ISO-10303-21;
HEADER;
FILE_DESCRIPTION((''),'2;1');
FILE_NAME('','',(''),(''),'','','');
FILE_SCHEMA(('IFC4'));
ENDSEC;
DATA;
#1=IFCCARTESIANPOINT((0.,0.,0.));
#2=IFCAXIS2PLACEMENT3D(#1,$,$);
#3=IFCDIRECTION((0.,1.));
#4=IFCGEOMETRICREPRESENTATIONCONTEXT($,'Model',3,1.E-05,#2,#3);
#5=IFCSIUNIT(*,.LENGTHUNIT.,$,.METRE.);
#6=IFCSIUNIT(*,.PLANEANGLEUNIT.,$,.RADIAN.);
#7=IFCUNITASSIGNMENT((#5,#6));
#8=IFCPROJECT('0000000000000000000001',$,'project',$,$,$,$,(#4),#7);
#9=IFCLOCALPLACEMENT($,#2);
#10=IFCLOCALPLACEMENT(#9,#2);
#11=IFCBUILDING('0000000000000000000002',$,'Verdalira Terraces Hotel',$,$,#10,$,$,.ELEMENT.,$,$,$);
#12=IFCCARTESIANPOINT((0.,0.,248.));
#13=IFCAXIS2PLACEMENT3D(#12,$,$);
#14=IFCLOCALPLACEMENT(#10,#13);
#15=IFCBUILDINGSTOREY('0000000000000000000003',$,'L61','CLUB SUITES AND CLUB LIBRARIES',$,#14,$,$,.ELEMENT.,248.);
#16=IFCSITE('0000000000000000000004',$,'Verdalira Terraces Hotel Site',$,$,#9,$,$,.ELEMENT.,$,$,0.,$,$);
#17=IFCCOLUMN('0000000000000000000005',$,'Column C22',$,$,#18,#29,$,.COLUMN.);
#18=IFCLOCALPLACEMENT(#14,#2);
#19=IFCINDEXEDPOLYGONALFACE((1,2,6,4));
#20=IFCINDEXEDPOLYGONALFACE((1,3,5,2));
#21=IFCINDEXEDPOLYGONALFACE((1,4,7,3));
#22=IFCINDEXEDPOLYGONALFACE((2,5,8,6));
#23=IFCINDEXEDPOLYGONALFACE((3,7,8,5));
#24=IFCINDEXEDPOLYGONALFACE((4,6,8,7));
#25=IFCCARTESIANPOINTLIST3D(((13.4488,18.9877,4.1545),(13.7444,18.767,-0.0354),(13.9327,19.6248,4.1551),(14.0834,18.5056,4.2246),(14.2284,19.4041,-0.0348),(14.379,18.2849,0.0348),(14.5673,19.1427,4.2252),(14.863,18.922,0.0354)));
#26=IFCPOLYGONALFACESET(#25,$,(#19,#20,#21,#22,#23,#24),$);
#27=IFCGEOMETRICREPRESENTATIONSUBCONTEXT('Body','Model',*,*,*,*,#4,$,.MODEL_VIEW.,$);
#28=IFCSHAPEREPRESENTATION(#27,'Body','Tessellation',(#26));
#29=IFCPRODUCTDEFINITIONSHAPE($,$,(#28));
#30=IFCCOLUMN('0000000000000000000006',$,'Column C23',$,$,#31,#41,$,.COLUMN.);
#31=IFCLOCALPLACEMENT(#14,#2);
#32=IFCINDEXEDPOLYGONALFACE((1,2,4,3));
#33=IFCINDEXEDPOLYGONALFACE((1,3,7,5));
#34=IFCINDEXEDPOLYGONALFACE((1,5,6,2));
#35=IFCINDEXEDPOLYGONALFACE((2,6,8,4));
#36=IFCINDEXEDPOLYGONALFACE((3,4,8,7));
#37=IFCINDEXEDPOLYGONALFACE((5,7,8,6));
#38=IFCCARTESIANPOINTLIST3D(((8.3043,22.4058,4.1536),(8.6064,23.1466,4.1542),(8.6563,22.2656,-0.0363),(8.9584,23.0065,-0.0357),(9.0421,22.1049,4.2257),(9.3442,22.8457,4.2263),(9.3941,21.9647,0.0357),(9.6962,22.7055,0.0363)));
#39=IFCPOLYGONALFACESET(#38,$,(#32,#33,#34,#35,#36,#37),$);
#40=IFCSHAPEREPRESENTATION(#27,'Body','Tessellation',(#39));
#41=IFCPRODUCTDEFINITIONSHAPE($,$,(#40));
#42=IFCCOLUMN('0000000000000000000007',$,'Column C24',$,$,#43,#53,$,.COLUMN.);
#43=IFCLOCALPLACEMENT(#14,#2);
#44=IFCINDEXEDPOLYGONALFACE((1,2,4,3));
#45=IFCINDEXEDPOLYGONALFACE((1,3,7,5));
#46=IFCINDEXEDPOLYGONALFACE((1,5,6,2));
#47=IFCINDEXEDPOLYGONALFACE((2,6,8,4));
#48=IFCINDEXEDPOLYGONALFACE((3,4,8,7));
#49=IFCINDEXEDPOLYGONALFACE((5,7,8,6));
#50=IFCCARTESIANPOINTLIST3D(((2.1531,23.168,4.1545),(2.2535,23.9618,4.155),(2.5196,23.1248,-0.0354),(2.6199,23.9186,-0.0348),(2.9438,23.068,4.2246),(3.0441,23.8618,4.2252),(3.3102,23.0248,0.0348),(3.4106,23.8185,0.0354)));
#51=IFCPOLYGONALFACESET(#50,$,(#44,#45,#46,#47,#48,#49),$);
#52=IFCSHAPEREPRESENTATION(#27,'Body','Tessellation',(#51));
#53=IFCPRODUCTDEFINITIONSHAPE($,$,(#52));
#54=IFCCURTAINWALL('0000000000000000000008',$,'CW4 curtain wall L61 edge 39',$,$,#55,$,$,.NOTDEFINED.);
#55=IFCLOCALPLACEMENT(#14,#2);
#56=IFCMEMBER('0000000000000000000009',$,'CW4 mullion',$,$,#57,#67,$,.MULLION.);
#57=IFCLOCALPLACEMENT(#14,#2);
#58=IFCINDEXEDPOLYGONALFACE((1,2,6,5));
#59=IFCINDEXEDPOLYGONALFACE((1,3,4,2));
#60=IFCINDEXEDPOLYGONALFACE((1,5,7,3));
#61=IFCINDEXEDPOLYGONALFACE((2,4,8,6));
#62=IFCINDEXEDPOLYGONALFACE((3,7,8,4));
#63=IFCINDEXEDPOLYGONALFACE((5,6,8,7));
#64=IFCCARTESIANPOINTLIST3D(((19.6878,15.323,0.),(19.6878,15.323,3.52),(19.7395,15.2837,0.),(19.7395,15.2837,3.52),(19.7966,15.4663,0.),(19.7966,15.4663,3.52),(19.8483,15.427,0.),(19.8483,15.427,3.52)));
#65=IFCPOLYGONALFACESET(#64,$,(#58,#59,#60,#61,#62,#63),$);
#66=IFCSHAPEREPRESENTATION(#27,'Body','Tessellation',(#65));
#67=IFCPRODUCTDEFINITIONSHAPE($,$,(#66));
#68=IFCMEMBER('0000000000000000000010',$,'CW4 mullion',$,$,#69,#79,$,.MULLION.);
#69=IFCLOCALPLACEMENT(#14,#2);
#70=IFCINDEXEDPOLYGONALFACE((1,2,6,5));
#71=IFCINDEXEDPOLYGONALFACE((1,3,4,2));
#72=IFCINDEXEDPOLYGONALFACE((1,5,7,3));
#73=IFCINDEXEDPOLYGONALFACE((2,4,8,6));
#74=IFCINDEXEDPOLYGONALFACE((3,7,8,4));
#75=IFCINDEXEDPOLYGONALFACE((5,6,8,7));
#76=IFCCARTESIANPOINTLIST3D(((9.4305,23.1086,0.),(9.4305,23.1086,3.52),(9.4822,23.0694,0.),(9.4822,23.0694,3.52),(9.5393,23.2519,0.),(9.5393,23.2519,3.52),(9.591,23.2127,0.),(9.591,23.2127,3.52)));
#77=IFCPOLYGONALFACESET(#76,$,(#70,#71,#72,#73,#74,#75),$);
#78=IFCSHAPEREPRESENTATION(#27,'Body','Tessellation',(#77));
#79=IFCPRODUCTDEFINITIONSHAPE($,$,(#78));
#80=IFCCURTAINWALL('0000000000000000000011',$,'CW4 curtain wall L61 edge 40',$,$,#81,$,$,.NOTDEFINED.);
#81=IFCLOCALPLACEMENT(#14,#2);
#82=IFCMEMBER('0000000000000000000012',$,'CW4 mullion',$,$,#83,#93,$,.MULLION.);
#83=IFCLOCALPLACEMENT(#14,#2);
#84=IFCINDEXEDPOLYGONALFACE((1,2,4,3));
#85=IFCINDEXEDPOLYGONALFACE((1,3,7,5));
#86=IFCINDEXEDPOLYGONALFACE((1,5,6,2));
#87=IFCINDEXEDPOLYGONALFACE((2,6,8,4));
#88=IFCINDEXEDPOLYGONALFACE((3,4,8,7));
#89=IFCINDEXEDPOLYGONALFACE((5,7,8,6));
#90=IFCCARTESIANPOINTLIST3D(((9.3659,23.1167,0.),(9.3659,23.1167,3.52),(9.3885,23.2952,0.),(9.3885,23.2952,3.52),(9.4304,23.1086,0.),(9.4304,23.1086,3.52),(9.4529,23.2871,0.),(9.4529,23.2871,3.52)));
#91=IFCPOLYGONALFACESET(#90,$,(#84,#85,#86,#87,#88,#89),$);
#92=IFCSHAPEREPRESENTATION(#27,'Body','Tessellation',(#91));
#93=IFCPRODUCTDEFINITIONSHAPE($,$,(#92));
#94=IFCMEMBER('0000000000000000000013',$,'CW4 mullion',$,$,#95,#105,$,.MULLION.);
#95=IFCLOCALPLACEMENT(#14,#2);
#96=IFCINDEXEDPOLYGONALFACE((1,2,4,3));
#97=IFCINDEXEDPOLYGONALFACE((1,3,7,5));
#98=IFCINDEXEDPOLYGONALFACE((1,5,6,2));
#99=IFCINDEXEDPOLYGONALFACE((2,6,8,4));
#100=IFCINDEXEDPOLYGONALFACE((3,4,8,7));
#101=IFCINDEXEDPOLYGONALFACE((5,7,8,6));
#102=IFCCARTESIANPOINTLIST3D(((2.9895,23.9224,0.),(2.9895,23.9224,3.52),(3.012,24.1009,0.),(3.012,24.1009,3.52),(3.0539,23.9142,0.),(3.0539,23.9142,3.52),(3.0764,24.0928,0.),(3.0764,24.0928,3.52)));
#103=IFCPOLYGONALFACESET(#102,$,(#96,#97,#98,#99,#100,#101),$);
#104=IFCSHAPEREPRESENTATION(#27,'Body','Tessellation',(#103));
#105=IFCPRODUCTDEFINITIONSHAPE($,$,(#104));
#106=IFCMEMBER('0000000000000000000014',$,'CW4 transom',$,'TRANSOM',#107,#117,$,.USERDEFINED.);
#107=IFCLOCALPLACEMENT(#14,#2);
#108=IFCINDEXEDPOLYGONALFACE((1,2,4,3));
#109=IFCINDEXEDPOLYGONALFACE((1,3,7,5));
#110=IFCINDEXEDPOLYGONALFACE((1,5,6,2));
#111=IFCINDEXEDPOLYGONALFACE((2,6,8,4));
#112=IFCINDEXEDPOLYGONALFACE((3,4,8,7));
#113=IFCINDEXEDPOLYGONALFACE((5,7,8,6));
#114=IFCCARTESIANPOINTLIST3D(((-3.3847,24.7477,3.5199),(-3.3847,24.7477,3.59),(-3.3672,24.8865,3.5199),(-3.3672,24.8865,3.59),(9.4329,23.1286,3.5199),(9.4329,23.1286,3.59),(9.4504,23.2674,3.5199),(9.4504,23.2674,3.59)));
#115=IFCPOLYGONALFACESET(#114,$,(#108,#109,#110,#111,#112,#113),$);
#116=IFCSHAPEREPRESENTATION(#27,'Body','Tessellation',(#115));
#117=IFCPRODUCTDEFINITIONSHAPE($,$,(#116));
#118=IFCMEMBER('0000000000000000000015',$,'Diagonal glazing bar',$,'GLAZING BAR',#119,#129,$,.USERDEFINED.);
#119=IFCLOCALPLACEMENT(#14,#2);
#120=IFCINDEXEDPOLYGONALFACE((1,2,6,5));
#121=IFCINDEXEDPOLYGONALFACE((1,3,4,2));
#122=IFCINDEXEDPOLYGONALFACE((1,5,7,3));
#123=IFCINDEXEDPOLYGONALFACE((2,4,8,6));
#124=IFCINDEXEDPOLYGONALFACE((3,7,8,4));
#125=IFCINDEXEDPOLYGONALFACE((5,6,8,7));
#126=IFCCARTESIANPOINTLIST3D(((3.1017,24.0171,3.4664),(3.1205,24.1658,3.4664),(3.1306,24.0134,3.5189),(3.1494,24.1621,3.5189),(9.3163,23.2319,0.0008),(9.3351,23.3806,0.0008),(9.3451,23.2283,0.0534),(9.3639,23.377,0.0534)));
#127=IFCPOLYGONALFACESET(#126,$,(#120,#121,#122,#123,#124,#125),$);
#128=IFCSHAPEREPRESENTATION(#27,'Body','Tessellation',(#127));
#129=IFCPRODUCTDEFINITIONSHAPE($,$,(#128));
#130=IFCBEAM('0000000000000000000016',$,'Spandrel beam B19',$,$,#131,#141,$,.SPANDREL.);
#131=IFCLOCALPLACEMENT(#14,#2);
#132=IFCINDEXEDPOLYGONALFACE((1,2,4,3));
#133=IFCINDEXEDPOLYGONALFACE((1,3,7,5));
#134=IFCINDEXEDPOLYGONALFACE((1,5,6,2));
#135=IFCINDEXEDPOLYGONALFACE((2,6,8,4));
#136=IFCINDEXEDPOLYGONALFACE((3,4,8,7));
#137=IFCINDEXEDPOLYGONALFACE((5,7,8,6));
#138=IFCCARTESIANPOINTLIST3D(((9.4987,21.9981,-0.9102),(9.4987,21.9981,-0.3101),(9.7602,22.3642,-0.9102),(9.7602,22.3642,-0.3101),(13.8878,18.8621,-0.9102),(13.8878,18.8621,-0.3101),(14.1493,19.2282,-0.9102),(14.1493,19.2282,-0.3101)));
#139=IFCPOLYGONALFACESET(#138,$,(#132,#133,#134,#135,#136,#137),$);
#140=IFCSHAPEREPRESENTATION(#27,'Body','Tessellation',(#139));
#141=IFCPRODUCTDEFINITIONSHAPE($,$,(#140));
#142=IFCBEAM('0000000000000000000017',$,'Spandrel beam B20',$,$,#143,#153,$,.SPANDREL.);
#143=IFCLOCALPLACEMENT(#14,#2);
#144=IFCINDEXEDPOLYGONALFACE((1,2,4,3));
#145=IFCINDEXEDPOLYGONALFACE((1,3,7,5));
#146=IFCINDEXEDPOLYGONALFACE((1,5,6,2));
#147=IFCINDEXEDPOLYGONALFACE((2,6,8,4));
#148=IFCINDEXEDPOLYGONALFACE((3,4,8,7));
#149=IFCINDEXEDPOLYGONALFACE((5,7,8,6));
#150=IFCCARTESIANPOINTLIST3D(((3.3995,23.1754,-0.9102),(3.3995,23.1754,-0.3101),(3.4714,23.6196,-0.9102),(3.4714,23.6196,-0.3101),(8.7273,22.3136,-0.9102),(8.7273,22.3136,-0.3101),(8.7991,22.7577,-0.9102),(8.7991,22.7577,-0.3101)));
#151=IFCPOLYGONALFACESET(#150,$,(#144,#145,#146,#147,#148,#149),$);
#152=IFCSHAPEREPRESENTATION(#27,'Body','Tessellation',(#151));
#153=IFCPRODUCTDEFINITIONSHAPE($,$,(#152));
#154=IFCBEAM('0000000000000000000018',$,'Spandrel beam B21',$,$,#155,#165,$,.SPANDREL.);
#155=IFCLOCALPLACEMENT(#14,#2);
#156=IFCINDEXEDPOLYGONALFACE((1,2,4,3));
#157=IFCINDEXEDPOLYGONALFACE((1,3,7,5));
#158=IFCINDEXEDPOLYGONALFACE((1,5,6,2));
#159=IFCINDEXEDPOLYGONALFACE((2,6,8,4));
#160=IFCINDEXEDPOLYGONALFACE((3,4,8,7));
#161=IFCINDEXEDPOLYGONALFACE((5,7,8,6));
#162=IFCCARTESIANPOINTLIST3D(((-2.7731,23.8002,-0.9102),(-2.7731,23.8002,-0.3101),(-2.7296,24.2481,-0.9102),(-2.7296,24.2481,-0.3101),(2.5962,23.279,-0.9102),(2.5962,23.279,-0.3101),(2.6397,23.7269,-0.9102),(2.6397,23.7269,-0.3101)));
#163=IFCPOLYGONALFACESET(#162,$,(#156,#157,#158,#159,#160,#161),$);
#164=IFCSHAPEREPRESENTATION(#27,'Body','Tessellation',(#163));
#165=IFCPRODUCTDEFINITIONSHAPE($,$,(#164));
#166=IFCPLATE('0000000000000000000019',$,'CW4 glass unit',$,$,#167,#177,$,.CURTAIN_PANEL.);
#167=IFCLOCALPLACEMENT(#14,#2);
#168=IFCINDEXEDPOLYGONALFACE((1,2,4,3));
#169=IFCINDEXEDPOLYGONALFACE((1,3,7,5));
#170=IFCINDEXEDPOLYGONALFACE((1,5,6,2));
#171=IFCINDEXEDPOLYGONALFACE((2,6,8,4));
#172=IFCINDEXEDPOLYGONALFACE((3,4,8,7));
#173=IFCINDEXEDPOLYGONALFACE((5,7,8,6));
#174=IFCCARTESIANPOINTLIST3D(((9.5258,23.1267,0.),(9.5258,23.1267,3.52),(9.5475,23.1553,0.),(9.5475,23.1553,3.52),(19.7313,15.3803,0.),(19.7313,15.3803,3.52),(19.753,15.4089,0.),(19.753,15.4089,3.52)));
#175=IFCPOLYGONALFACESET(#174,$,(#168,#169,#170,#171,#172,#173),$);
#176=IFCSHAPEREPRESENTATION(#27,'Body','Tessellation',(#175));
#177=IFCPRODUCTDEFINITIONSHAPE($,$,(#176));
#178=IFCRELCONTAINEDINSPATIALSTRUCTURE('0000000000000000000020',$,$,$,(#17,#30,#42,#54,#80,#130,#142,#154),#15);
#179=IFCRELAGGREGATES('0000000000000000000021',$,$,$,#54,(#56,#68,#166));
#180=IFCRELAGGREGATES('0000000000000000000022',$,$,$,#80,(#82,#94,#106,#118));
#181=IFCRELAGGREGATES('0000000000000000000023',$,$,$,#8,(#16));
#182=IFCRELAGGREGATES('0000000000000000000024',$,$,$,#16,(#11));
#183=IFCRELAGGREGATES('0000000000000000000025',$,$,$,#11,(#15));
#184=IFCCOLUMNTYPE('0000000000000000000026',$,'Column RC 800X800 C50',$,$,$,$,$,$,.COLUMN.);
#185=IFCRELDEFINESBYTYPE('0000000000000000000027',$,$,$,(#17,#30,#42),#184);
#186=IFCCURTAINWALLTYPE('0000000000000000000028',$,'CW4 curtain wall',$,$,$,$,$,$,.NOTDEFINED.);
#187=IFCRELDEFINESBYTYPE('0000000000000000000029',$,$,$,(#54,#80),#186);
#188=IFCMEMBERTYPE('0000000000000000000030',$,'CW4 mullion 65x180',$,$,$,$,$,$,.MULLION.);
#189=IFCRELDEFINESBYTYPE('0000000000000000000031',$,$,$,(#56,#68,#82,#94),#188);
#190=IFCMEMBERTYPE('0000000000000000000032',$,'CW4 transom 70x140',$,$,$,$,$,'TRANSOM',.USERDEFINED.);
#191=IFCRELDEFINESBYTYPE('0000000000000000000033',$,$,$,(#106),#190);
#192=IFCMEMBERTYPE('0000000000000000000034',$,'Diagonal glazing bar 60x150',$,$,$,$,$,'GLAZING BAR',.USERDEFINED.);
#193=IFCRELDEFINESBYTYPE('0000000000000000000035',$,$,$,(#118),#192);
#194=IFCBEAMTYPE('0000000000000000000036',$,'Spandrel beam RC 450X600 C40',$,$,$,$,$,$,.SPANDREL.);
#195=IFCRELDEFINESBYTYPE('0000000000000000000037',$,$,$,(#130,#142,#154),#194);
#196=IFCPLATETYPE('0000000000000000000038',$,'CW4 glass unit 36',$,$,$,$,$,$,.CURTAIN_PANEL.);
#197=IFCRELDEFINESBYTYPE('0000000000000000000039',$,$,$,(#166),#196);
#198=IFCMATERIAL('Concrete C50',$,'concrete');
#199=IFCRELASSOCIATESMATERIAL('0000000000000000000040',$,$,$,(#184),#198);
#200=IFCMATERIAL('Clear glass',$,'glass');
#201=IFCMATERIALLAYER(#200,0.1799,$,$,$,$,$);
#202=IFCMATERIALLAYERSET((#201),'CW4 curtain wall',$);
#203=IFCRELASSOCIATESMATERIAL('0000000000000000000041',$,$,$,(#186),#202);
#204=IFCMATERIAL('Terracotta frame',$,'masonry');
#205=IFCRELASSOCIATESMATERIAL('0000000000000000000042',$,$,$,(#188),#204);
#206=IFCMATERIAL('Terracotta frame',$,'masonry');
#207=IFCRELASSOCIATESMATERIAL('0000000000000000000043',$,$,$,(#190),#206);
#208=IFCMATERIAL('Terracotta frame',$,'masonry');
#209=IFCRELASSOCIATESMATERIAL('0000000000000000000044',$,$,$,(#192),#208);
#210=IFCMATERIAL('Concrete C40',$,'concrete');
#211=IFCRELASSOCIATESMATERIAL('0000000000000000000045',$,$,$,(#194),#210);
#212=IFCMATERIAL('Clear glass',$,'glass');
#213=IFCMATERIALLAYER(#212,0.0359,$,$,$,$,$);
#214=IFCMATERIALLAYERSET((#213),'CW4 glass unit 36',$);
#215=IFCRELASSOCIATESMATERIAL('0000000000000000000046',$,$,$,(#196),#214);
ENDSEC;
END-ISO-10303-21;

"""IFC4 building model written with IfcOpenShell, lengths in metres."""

from ifc_helpers import new_model, si_unit, direction, frame, origin, origin_2d, place, context, subcontext, project, spatial, rectangle, extrude, material, layer, layer_set, material_profile, profile_set, type_object, element, aggregate, save


model = new_model("IFC4")

# Units and contexts
model_context = context("Model", 3, precision=1e-05, world=origin(), true_north=direction((0.0, 1.0)))
body_context = subcontext(model_context, "Body", "Model", "MODEL_VIEW")
ifc_project = project(units=[si_unit("LENGTHUNIT", "METRE"), si_unit("PLANEANGLEUNIT", "RADIAN")], contexts=[model_context])

# Site, building, storey
site_placement = place(None, origin())
site = spatial("IfcSite", under=ifc_project, at=site_placement, Name="Verdalira Terraces Hotel Site", CompositionType="ELEMENT", RefElevation=0.0)
building_placement = place(site_placement, origin())
building = spatial("IfcBuilding", under=site, at=building_placement, Name="Verdalira Terraces Hotel", CompositionType="ELEMENT")
storey_placement = place(building_placement, frame((0.0, 0.0, 248.0)))
storey = spatial("IfcBuildingStorey", under=building, at=storey_placement, Name="L61", Description="CLUB SUITES AND CLUB LIBRARIES", CompositionType="ELEMENT", Elevation=248.0)

# Columns
ifc_material_1 = material(Name="Concrete C50", Category="concrete")
ifc_material_profile_1 = material_profile(ifc_material_1, rectangle(XDim=0.8, YDim=0.8, at=origin_2d()), Name="RC 800X800")
ifc_profile_set_1 = profile_set([ifc_material_profile_1], Name="Concrete C50")
column_type = type_object("IfcColumnType", Name="Column RC 800X800 C50", PredefinedType="COLUMN", material=ifc_profile_set_1)
column_1_placement = place(storey_placement, frame((14.3037, 18.8445, 0.0), z_axis=(-0.070291, 0.052471, 0.996146), x_axis=(-0.7932, 0.602612, -0.087713)))
element("IfcColumn", 1, at=column_1_placement, inside=storey, type_object=column_type, Name="Column C22", PredefinedType="COLUMN", context=body_context, shape_type="SweptSolid", body=[
    extrude(rectangle(XDim=0.8, YDim=0.8, at=origin_2d()), origin(), (0.0, 0.0, 1.0), 4.2061),
])
column_2_placement = place(storey_placement, frame((9.1763, 22.4856, 0.0), z_axis=(-0.083681, 0.03331, 0.995936), x_axis=(0.922177, -0.376135, 0.090064)))
element("IfcColumn", 2, at=column_2_placement, inside=storey, type_object=column_type, Name="Column C23", PredefinedType="COLUMN", context=body_context, shape_type="SweptSolid", body=[
    extrude(rectangle(XDim=0.8, YDim=0.8, at=origin_2d()), origin(), (0.0, 0.0, 1.0), 4.207),
])
column_3_placement = place(storey_placement, frame((2.9651, 23.4717, 0.0), z_axis=(-0.087123, 0.010274, 0.996145), x_axis=(-0.98827, 0.125007, -0.087724)))
element("IfcColumn", 3, at=column_3_placement, inside=storey, type_object=column_type, Name="Column C24", PredefinedType="COLUMN", context=body_context, shape_type="SweptSolid", body=[
    extrude(rectangle(XDim=0.8, YDim=0.8, at=origin_2d()), origin(), (0.0, 0.0, 1.0), 4.2061),
])

# Curtain walls, members
ifc_material_2 = material(Name="Clear glass", Category="glass")
ifc_layer_1 = layer(ifc_material_2, 0.1799)
ifc_layer_set_1 = layer_set([ifc_layer_1], Name="CW4 curtain wall")
curtain_wall_type = type_object("IfcCurtainWallType", Name="CW4 curtain wall", PredefinedType="NOTDEFINED", material=ifc_layer_set_1)
curtain_wall_1_placement = place(storey_placement, origin())
curtain_wall_1 = element("IfcCurtainWall", 4, at=curtain_wall_1_placement, inside=storey, type_object=curtain_wall_type, Name="CW4 curtain wall L61 edge 39", PredefinedType="NOTDEFINED")
ifc_material_3 = material(Name="Terracotta frame", Category="masonry")
ifc_material_profile_2 = material_profile(ifc_material_3, rectangle(XDim=0.0649, YDim=0.1799, at=origin_2d()), Name="MU 65x180")
ifc_profile_set_2 = profile_set([ifc_material_profile_2], Name="Terracotta frame")
member_type_1 = type_object("IfcMemberType", Name="CW4 mullion 65x180", PredefinedType="MULLION", material=ifc_profile_set_2)
member_1_placement = place(storey_placement, frame((19.7681, 15.375, 0.0), z_axis=(0.0, 0.0, 1.0), x_axis=(-0.79653, 0.604599, 0.0)))
member_1 = element("IfcMember", 5, at=member_1_placement, type_object=member_type_1, Name="CW4 mullion", PredefinedType="MULLION", context=body_context, shape_type="SweptSolid", body=[
    extrude(rectangle(XDim=0.0649, YDim=0.1799, at=origin_2d()), origin(), (0.0, 0.0, 1.0), 3.52),
])
member_2_placement = place(storey_placement, frame((9.5107, 23.1606, 0.0), z_axis=(0.0, 0.0, 1.0), x_axis=(-0.79653, 0.604599, 0.0)))
member_2 = element("IfcMember", 6, at=member_2_placement, type_object=member_type_1, Name="CW4 mullion", PredefinedType="MULLION", context=body_context, shape_type="SweptSolid", body=[
    extrude(rectangle(XDim=0.0649, YDim=0.1799, at=origin_2d()), origin(), (0.0, 0.0, 1.0), 3.52),
])
curtain_wall_2_placement = place(storey_placement, origin())
curtain_wall_2 = element("IfcCurtainWall", 7, at=curtain_wall_2_placement, inside=storey, type_object=curtain_wall_type, Name="CW4 curtain wall L61 edge 40", PredefinedType="NOTDEFINED")
member_3_placement = place(storey_placement, frame((9.4094, 23.2019, 0.0), z_axis=(0.0, 0.0, 1.0), x_axis=(-0.992115, 0.125333, 0.0)))
member_3 = element("IfcMember", 8, at=member_3_placement, type_object=member_type_1, Name="CW4 mullion", PredefinedType="MULLION", context=body_context, shape_type="SweptSolid", body=[
    extrude(rectangle(XDim=0.0649, YDim=0.1799, at=origin_2d()), origin(), (0.0, 0.0, 1.0), 3.52),
])
member_4_placement = place(storey_placement, frame((3.033, 24.0076, 0.0), z_axis=(0.0, 0.0, 1.0), x_axis=(-0.992115, 0.125333, 0.0)))
member_4 = element("IfcMember", 9, at=member_4_placement, type_object=member_type_1, Name="CW4 mullion", PredefinedType="MULLION", context=body_context, shape_type="SweptSolid", body=[
    extrude(rectangle(XDim=0.0649, YDim=0.1799, at=origin_2d()), origin(), (0.0, 0.0, 1.0), 3.52),
])
ifc_material_4 = material(Name="Terracotta frame", Category="masonry")
ifc_material_profile_3 = material_profile(ifc_material_4, rectangle(XDim=0.1399, YDim=0.0701, at=origin_2d()), Name="TR 70x140")
ifc_profile_set_3 = profile_set([ifc_material_profile_3], Name="Terracotta frame")
member_type_2 = type_object("IfcMemberType", Name="CW4 transom 70x140", ElementType="TRANSOM", PredefinedType="USERDEFINED", material=ifc_profile_set_3)
member_5_placement = place(storey_placement, frame((9.4416, 23.198, 3.5549), z_axis=(-0.992116, 0.125325, 0.0), x_axis=(-0.125325, -0.992116, 0.0)))
member_5 = element("IfcMember", 10, at=member_5_placement, type_object=member_type_2, Name="CW4 transom", ObjectType="TRANSOM", PredefinedType="USERDEFINED", context=body_context, shape_type="SweptSolid", body=[
    extrude(rectangle(XDim=0.1399, YDim=0.0701, at=origin_2d()), origin(), (0.0, 0.0, 1.0), 12.9194),
])
ifc_material_5 = material(Name="Terracotta frame", Category="masonry")
ifc_material_profile_4 = material_profile(ifc_material_5, rectangle(XDim=0.1499, YDim=0.0601, at=origin_2d()), Name="GB 60x150")
ifc_profile_set_4 = profile_set([ifc_material_profile_4], Name="Terracotta frame")
member_type_3 = type_object("IfcMemberType", Name="Diagonal glazing bar 60x150", ElementType="GLAZING BAR", PredefinedType="USERDEFINED", material=ifc_profile_set_4)
member_6_placement = place(storey_placement, frame((9.3401, 23.3044, 0.0271), z_axis=(-0.86811, 0.109678, 0.484102), x_axis=(-0.125344, -0.992113, 0.0)))
member_6 = element("IfcMember", 11, at=member_6_placement, type_object=member_type_3, Name="Diagonal glazing bar", ObjectType="GLAZING BAR", PredefinedType="USERDEFINED", context=body_context, shape_type="SweptSolid", body=[
    extrude(rectangle(XDim=0.1499, YDim=0.0601, at=origin_2d()), origin(), (0.0, 0.0, 1.0), 7.1587),
])

# Beams
ifc_material_6 = material(Name="Concrete C40", Category="concrete")
ifc_material_profile_5 = material_profile(ifc_material_6, rectangle(XDim=0.45, YDim=0.6001, at=origin_2d()), Name="RC 450X600")
ifc_profile_set_5 = profile_set([ifc_material_profile_5], Name="Concrete C40")
beam_type = type_object("IfcBeamType", Name="Spandrel beam RC 450X600 C40", PredefinedType="SPANDREL", material=ifc_profile_set_5)
beam_1_placement = place(storey_placement, frame((14.0186, 19.0452, -0.6101), z_axis=(-0.813657, 0.581345, 0.0), x_axis=(-0.581345, -0.813657, 0.0)))
element("IfcBeam", 12, at=beam_1_placement, inside=storey, type_object=beam_type, Name="Spandrel beam B19", PredefinedType="SPANDREL", context=body_context, shape_type="SweptSolid", body=[
    extrude(rectangle(XDim=0.45, YDim=0.6001, at=origin_2d()), origin(), (0.0, 0.0, 1.0), 5.3943),
])
beam_2_placement = place(storey_placement, frame((8.7632, 22.5356, -0.6101), z_axis=(-0.987168, 0.159688, 0.0), x_axis=(-0.159688, -0.987168, 0.0)))
element("IfcBeam", 13, at=beam_2_placement, inside=storey, type_object=beam_type, Name="Spandrel beam B20", PredefinedType="SPANDREL", context=body_context, shape_type="SweptSolid", body=[
    extrude(rectangle(XDim=0.45, YDim=0.6001, at=origin_2d()), origin(), (0.0, 0.0, 1.0), 5.397),
])
beam_3_placement = place(storey_placement, frame((2.6179, 23.5029, -0.6101), z_axis=(-0.995321, 0.096622, 0.0), x_axis=(-0.096622, -0.995321, 0.0)))
element("IfcBeam", 14, at=beam_3_placement, inside=storey, type_object=beam_type, Name="Spandrel beam B21", PredefinedType="SPANDREL", context=body_context, shape_type="SweptSolid", body=[
    extrude(rectangle(XDim=0.45, YDim=0.6001, at=origin_2d()), origin(), (0.0, 0.0, 1.0), 5.3945),
])

# Plate
ifc_material_7 = material(Name="Clear glass", Category="glass")
ifc_layer_2 = layer(ifc_material_7, 0.0359)
ifc_layer_set_2 = layer_set([ifc_layer_2], Name="CW4 glass unit 36")
plate_type = type_object("IfcPlateType", Name="CW4 glass unit 36", PredefinedType="CURTAIN_PANEL", material=ifc_layer_set_2)
plate_1_placement = place(storey_placement, frame((14.6394, 19.2678, 0.0), z_axis=(0.0, 0.0, 1.0), x_axis=(-0.79653, 0.604599, 0.0)))
plate_1 = element("IfcPlate", 15, at=plate_1_placement, type_object=plate_type, Name="CW4 glass unit", PredefinedType="CURTAIN_PANEL", context=body_context, shape_type="SweptSolid", body=[
    extrude(rectangle(XDim=12.8125, YDim=0.0359, at=origin_2d()), origin(), (0.0, 0.0, 1.0), 3.52),
])
aggregate(curtain_wall_1, [member_1, member_2, plate_1])
aggregate(curtain_wall_2, [member_3, member_4, member_5, member_6])

save(model, "model.ifc")
